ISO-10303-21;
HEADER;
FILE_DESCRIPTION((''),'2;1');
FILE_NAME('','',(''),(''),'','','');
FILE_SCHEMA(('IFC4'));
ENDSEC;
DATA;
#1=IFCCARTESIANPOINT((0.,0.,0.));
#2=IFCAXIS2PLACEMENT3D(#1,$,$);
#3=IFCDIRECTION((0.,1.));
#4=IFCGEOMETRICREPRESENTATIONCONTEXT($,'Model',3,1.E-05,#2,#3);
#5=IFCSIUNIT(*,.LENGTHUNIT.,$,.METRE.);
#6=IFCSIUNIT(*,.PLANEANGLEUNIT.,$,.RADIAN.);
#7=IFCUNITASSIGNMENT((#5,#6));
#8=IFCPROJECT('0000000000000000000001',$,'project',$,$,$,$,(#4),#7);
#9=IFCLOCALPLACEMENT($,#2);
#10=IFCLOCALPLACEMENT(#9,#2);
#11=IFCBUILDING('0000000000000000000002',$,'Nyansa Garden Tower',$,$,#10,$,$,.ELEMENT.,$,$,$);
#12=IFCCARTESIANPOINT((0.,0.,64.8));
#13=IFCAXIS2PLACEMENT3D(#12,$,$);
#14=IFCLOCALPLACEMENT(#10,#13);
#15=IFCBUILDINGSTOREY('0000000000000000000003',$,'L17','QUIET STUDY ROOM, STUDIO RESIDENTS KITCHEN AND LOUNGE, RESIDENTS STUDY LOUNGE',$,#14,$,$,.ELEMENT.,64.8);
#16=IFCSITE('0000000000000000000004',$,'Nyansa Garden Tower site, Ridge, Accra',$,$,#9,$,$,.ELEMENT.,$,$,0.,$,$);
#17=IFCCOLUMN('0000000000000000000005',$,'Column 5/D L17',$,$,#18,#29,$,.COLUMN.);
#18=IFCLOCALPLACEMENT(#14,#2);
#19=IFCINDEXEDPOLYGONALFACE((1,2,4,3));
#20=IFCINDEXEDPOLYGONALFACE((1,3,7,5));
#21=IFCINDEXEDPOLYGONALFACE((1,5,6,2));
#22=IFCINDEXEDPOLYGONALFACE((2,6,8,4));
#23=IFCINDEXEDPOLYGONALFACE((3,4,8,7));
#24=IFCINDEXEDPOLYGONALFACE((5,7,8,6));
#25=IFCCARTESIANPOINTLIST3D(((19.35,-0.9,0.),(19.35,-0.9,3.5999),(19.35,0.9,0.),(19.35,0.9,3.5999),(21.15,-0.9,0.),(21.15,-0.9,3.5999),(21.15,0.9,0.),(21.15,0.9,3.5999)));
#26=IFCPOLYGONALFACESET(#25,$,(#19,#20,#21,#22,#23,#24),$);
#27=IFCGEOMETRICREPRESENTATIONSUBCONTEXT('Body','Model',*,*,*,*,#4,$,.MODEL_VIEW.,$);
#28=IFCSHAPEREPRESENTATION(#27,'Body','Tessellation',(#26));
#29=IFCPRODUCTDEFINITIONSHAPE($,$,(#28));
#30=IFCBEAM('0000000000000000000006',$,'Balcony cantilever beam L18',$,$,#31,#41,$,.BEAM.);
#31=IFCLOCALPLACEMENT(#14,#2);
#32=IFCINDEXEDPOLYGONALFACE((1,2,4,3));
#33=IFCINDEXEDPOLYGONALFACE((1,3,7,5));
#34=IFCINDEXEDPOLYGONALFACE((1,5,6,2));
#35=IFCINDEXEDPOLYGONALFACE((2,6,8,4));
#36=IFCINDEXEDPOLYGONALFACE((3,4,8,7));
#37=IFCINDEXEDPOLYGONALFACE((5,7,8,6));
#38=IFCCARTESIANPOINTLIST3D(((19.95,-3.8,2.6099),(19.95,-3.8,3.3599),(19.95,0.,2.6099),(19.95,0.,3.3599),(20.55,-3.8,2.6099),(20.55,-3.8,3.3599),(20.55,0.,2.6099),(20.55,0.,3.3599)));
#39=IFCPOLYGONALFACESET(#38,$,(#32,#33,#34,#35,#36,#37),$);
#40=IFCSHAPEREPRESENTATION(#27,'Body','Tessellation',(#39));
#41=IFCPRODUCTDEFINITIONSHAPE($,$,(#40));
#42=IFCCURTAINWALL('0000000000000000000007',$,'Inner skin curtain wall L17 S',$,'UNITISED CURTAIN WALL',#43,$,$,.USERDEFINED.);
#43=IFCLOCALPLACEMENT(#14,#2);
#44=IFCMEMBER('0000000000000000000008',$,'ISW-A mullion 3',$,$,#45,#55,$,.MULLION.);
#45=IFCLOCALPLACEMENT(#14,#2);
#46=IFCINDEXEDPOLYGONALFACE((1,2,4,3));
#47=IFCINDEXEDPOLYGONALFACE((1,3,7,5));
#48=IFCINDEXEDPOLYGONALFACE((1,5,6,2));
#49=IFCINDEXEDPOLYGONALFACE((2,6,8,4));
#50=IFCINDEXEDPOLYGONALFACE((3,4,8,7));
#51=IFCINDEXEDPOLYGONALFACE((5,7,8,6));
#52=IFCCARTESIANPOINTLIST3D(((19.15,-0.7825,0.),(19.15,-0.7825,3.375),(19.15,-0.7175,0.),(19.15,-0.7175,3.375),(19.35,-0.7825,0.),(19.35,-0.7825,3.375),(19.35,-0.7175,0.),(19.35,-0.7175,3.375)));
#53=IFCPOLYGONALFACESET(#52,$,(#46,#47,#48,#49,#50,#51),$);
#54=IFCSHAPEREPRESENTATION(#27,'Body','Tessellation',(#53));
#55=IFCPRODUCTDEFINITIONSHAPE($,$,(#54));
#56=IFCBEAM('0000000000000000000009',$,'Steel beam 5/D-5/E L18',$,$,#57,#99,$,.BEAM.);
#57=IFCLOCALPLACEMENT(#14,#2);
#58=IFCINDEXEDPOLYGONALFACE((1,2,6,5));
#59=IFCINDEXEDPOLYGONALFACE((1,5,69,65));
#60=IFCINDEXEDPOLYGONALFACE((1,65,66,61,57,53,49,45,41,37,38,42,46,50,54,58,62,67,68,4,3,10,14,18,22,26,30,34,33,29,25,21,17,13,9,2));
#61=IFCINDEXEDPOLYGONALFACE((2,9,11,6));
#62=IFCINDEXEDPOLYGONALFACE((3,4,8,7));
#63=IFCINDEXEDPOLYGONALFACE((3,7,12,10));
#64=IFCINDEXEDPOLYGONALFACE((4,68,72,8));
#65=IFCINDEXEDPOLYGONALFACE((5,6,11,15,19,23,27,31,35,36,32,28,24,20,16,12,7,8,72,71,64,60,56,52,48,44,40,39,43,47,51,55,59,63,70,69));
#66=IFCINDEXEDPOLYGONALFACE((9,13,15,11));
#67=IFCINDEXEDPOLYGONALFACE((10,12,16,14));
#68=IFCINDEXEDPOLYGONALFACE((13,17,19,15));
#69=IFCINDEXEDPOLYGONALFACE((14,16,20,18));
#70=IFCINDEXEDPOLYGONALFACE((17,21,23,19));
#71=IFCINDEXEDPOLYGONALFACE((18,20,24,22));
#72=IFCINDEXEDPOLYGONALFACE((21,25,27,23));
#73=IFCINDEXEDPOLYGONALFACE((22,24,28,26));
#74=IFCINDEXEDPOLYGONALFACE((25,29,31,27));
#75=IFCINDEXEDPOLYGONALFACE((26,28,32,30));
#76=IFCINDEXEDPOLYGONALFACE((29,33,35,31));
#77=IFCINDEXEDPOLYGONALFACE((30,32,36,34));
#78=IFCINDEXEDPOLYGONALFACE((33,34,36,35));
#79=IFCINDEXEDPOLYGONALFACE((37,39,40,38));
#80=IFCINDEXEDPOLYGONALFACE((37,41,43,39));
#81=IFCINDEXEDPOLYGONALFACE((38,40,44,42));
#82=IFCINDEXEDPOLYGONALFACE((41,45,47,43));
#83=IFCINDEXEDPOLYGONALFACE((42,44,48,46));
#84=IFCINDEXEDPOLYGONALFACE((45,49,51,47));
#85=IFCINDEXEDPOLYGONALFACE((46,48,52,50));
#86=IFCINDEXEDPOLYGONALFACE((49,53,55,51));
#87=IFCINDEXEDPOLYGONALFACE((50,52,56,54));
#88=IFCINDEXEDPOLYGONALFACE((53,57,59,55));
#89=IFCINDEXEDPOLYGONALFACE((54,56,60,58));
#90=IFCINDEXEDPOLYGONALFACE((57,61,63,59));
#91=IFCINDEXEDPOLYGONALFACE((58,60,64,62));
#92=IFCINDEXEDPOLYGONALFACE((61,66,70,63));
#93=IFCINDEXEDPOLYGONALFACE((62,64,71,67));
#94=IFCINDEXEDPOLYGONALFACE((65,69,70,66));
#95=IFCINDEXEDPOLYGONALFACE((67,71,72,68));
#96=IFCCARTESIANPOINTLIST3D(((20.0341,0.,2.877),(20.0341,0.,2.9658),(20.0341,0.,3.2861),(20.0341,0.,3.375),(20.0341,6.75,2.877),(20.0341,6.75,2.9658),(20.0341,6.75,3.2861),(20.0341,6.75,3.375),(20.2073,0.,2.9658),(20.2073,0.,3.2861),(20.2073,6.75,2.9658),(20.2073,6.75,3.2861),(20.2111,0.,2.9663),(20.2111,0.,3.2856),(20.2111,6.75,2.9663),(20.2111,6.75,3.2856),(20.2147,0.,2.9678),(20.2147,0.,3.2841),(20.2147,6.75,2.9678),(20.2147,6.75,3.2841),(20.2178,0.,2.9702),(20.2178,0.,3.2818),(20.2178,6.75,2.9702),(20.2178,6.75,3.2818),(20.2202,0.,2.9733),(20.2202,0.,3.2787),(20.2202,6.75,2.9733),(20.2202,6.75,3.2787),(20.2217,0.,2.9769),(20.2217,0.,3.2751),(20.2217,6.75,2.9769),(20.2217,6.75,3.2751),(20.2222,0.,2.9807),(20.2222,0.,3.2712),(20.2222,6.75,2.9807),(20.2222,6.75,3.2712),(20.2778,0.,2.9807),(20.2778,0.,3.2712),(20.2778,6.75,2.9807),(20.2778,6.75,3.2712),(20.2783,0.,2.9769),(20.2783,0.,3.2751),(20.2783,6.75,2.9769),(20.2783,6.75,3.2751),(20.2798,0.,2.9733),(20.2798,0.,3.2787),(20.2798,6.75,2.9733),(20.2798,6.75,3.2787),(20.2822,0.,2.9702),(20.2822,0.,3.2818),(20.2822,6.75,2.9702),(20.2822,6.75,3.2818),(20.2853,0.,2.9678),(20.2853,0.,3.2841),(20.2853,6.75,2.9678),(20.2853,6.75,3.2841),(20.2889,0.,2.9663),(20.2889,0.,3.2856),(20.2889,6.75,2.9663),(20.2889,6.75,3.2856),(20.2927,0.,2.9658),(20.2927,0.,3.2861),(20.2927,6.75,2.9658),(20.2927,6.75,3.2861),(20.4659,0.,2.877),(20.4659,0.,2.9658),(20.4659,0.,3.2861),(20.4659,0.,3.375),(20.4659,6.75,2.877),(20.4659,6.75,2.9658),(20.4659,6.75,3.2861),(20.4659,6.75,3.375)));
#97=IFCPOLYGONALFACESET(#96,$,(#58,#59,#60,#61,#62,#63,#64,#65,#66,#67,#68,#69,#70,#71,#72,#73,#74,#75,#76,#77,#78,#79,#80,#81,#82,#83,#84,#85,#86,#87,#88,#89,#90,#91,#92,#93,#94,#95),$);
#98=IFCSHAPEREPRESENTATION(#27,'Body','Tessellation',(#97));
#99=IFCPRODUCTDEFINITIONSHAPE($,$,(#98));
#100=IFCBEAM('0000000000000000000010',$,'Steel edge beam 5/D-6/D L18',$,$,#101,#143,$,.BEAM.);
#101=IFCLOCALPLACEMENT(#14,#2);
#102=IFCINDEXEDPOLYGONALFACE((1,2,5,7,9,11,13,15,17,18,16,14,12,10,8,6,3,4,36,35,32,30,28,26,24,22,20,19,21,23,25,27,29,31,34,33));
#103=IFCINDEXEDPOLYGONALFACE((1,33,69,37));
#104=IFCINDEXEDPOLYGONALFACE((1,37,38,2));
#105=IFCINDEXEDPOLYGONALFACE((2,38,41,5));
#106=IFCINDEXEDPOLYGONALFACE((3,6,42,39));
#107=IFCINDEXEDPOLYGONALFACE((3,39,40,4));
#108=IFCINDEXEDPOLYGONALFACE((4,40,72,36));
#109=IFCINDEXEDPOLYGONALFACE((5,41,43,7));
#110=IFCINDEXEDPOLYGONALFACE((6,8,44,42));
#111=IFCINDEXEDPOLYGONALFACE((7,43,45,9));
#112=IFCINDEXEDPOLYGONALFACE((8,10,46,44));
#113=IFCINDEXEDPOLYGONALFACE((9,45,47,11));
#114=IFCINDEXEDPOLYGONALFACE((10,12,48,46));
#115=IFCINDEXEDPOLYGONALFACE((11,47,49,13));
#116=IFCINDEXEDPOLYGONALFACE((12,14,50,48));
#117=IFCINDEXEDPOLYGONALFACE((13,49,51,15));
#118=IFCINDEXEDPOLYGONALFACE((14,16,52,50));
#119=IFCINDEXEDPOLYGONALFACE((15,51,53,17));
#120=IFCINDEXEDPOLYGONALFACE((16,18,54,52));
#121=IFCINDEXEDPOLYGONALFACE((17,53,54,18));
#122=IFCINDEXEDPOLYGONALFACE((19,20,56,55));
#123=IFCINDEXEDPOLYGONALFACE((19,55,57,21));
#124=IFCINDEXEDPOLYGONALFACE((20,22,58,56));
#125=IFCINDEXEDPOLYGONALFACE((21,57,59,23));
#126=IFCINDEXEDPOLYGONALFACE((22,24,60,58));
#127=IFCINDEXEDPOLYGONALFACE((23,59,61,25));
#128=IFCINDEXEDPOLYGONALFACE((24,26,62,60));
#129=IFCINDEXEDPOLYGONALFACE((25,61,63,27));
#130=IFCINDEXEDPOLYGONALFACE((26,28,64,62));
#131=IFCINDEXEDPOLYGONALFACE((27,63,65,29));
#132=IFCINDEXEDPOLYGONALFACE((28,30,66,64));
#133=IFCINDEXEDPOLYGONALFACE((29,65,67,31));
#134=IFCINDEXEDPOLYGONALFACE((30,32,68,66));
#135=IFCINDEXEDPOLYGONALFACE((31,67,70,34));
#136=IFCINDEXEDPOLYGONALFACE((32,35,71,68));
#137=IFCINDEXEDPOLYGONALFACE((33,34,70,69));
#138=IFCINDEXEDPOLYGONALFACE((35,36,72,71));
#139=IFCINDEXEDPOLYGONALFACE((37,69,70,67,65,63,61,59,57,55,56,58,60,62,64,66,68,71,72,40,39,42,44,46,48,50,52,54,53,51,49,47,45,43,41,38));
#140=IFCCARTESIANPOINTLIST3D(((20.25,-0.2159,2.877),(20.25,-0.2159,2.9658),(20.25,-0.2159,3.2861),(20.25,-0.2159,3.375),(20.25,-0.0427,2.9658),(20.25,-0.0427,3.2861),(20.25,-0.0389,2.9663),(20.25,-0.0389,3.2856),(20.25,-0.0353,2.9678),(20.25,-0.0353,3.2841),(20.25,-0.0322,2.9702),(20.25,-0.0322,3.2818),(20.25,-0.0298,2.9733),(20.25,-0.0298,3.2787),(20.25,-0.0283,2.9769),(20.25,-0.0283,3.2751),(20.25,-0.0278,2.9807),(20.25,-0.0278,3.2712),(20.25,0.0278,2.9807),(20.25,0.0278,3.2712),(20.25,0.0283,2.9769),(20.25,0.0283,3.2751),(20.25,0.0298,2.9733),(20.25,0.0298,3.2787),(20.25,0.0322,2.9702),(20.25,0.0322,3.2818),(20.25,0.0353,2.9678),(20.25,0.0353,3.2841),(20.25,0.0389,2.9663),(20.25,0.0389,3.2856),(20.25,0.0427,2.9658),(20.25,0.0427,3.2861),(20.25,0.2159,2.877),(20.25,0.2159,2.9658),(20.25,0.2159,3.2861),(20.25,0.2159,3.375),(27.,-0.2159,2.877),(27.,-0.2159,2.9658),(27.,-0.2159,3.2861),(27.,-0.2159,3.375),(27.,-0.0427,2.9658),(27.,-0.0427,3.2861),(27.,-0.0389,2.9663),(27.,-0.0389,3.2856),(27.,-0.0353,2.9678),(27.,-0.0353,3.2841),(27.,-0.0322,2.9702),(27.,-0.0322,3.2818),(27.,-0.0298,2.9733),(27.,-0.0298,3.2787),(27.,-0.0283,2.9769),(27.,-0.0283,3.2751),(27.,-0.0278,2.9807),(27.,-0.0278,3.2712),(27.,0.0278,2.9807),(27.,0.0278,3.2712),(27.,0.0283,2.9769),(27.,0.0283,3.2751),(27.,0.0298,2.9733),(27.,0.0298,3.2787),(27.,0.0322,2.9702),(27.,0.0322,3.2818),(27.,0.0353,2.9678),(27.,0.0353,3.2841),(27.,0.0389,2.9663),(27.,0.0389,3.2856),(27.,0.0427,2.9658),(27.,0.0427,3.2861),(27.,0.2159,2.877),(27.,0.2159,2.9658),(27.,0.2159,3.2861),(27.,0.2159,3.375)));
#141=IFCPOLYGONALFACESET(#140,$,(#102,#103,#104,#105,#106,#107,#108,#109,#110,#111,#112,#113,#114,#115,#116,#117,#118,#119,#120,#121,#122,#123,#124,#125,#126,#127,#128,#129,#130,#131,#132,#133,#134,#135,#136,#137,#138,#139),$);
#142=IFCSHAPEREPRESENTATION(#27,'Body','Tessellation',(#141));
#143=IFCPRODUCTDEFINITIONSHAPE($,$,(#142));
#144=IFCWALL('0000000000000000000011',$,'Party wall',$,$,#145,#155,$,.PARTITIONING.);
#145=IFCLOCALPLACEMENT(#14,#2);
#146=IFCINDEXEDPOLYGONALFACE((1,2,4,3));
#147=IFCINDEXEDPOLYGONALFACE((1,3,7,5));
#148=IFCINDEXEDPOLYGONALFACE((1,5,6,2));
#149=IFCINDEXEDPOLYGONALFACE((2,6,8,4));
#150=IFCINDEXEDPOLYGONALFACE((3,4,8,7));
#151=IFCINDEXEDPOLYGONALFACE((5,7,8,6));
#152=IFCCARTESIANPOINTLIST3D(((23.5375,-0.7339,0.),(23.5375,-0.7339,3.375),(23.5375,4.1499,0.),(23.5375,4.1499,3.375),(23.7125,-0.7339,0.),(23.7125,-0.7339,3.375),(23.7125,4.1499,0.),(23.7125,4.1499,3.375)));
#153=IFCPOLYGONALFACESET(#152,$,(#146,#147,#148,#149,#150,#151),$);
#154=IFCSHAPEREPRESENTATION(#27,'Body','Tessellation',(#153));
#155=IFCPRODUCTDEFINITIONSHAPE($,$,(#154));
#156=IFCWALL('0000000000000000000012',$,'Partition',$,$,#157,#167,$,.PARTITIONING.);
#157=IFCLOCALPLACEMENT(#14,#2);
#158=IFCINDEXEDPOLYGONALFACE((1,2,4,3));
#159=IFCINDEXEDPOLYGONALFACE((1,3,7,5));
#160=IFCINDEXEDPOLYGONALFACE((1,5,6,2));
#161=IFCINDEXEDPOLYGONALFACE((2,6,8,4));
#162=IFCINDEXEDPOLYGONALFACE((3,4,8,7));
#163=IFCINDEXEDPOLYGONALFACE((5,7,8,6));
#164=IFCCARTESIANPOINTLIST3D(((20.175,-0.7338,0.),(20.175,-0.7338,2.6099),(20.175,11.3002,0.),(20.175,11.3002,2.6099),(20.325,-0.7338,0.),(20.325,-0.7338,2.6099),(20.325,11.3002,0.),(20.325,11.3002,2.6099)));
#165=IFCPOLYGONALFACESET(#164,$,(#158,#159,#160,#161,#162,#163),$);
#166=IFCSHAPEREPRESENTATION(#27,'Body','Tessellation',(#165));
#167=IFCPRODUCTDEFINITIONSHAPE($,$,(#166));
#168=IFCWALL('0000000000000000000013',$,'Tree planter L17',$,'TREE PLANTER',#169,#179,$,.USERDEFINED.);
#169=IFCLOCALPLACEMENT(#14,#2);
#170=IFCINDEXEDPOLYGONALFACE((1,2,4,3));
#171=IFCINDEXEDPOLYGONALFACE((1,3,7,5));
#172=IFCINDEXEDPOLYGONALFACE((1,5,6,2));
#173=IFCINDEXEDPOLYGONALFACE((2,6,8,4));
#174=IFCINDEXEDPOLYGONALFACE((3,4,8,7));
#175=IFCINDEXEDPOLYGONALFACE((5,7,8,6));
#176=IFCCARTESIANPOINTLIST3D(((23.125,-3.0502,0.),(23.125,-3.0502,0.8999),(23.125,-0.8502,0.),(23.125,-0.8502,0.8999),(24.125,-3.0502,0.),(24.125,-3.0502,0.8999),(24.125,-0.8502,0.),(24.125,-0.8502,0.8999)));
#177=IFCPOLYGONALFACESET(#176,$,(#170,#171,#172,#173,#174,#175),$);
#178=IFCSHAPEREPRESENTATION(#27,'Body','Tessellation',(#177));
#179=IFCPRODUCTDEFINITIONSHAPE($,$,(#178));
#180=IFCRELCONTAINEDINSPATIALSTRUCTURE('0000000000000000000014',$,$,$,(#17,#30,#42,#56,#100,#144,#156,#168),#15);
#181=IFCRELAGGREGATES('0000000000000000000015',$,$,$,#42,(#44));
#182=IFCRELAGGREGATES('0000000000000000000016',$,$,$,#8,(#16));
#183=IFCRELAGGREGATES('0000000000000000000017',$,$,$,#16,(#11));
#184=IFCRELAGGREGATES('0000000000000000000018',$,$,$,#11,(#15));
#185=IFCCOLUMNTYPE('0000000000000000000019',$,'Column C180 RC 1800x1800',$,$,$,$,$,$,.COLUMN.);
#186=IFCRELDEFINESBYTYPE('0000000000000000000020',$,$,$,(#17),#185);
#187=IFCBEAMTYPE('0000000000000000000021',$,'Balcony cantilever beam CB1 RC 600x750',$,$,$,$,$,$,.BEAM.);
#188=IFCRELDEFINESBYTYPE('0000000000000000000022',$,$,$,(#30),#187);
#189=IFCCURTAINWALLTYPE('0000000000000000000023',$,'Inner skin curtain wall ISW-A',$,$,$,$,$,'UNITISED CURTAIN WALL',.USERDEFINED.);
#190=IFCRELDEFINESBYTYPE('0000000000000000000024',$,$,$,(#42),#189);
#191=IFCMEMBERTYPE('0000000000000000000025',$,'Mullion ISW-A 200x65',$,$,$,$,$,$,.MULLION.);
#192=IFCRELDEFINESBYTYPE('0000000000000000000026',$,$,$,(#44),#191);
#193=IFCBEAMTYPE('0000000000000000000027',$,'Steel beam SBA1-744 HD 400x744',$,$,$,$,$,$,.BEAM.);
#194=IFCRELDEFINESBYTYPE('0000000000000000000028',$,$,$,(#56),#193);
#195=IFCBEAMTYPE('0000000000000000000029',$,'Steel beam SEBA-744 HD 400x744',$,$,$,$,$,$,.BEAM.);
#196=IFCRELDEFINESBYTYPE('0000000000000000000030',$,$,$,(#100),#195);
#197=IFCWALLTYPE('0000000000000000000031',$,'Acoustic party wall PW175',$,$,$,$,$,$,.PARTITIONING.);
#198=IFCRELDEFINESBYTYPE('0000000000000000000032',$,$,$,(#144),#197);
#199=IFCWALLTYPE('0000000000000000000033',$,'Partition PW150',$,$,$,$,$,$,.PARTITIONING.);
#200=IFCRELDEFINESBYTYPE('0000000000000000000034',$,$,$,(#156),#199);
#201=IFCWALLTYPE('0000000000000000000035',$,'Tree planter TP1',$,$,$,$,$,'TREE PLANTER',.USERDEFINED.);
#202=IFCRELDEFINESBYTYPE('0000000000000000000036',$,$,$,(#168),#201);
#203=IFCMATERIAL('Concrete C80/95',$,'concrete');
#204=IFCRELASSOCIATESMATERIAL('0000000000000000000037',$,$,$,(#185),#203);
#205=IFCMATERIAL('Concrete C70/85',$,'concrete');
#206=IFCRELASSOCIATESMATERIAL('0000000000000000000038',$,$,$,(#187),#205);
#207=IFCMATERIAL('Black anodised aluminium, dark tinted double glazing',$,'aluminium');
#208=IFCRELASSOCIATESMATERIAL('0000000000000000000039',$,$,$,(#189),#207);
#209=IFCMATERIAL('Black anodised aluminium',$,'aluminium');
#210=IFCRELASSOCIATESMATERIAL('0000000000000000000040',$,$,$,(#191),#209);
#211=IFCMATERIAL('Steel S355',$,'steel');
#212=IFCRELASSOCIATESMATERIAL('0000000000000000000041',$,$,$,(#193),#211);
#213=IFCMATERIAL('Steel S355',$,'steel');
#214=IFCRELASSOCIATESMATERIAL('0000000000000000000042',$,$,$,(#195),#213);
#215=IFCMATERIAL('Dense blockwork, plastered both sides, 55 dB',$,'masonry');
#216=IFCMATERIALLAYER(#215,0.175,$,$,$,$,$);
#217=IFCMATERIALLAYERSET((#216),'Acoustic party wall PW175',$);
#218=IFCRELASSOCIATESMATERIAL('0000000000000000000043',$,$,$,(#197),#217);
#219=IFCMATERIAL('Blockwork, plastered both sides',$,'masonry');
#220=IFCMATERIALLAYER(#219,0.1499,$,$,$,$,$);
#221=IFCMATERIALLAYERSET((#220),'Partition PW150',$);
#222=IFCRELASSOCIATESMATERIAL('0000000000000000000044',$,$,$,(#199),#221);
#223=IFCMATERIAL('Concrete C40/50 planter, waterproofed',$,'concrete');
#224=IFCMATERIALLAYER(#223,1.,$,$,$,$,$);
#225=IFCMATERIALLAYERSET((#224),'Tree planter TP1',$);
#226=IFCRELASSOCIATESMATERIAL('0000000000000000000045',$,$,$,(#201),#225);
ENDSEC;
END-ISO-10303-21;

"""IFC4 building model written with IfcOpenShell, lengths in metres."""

from ifc_helpers import new_model, si_unit, direction, frame, frame_2d, origin, origin_2d, place, context, subcontext, project, spatial, rectangle, i_section, extrude, material, layer, layer_set, material_profile, profile_set, type_object, element, aggregate, save


model = new_model("IFC4")

# Units and contexts
model_context = context("Model", 3, precision=1e-05, world=origin(), true_north=direction((0.0, 1.0)))
body_context = subcontext(model_context, "Body", "Model", "MODEL_VIEW")
ifc_project = project(units=[si_unit("LENGTHUNIT", "METRE"), si_unit("PLANEANGLEUNIT", "RADIAN")], contexts=[model_context])

# Site, building, storey
site_placement = place(None, origin())
site = spatial("IfcSite", under=ifc_project, at=site_placement, Name="Nyansa Garden Tower site, Ridge, Accra", CompositionType="ELEMENT", RefElevation=0.0)
building_placement = place(site_placement, origin())
building = spatial("IfcBuilding", under=site, at=building_placement, Name="Nyansa Garden Tower", CompositionType="ELEMENT")
storey_placement = place(building_placement, frame((0.0, 0.0, 64.8)))
storey = spatial("IfcBuildingStorey", under=building, at=storey_placement, Name="L17", Description="QUIET STUDY ROOM, STUDIO RESIDENTS KITCHEN AND LOUNGE, RESIDENTS STUDY LOUNGE", CompositionType="ELEMENT", Elevation=64.8)

# Column
ifc_material_1 = material(Name="Concrete C80/95", Category="concrete")
ifc_material_profile_1 = material_profile(ifc_material_1, rectangle(XDim=1.8, YDim=1.8, at=origin_2d()), Name="RC 1800x1800")
ifc_profile_set_1 = profile_set([ifc_material_profile_1], Name="Concrete C80/95")
column_type = type_object("IfcColumnType", Name="Column C180 RC 1800x1800", PredefinedType="COLUMN", material=ifc_profile_set_1)
column_placement = place(storey_placement, frame((20.25, 0.0, 0.0), z_axis=(0.0, 0.0, 1.0), x_axis=(1.0, 0.0, 0.0)))
element("IfcColumn", 1, at=column_placement, inside=storey, type_object=column_type, Name="Column 5/D L17", PredefinedType="COLUMN", context=body_context, shape_type="SweptSolid", body=[
    extrude(rectangle(XDim=1.8, YDim=1.8, at=origin_2d()), origin(), (0.0, 0.0, 1.0), 3.5999),
])

# Beam
ifc_material_2 = material(Name="Concrete C70/85", Category="concrete")
ifc_material_profile_2 = material_profile(ifc_material_2, rectangle(XDim=0.6001, YDim=0.75, at=origin_2d()), Name="RC 600x750")
ifc_profile_set_2 = profile_set([ifc_material_profile_2], Name="Concrete C70/85")
beam_type_1 = type_object("IfcBeamType", Name="Balcony cantilever beam CB1 RC 600x750", PredefinedType="BEAM", material=ifc_profile_set_2)
beam_1_placement = place(storey_placement, frame((20.25, 0.0, 2.9849), z_axis=(0.0, -1.0, 0.0), x_axis=(1.0, 0.0, 0.0)))
element("IfcBeam", 2, at=beam_1_placement, inside=storey, type_object=beam_type_1, Name="Balcony cantilever beam L18", PredefinedType="BEAM", context=body_context, shape_type="SweptSolid", body=[
    extrude(rectangle(XDim=0.6001, YDim=0.75, at=origin_2d()), origin(), (0.0, 0.0, 1.0), 3.8),
])

# Curtain wall, member
ifc_material_3 = material(Name="Black anodised aluminium, dark tinted double glazing", Category="aluminium")
curtain_wall_type = type_object("IfcCurtainWallType", Name="Inner skin curtain wall ISW-A", ElementType="UNITISED CURTAIN WALL", PredefinedType="USERDEFINED", material=ifc_material_3)
curtain_wall_placement = place(storey_placement, origin())
curtain_wall = element("IfcCurtainWall", 3, at=curtain_wall_placement, inside=storey, type_object=curtain_wall_type, Name="Inner skin curtain wall L17 S", ObjectType="UNITISED CURTAIN WALL", PredefinedType="USERDEFINED")
ifc_material_4 = material(Name="Black anodised aluminium", Category="aluminium")
ifc_material_profile_3 = material_profile(ifc_material_4, rectangle(XDim=0.0649, YDim=0.2, at=origin_2d()), Name="Mullion 200x65")
ifc_profile_set_3 = profile_set([ifc_material_profile_3], Name="Black anodised aluminium")
member_type = type_object("IfcMemberType", Name="Mullion ISW-A 200x65", PredefinedType="MULLION", material=ifc_profile_set_3)
member_placement = place(storey_placement, frame((19.25, -0.75, 0.0), z_axis=(0.0, 0.0, 1.0), x_axis=(0.0, 1.0, 0.0)))
member = element("IfcMember", 4, at=member_placement, type_object=member_type, Name="ISW-A mullion 3", PredefinedType="MULLION", context=body_context, shape_type="SweptSolid", body=[
    extrude(rectangle(XDim=0.0649, YDim=0.2, at=origin_2d()), origin(), (0.0, 0.0, 1.0), 3.375),
])
aggregate(curtain_wall, [member])

# Beams
ifc_material_5 = material(Name="Steel S355", Category="steel")
ifc_material_profile_4 = material_profile(ifc_material_5, i_section(OverallWidth=0.4319, OverallDepth=0.498, WebThickness=0.0557, FlangeThickness=0.0889, FilletRadius=0.0149, at=origin_2d()), Name="HD 400x744")
ifc_profile_set_4 = profile_set([ifc_material_profile_4], Name="Steel S355")
beam_type_2 = type_object("IfcBeamType", Name="Steel beam SBA1-744 HD 400x744", PredefinedType="BEAM", material=ifc_profile_set_4)
beam_2_placement = place(storey_placement, frame((20.25, 0.0, 3.126), z_axis=(0.0, 1.0, 0.0), x_axis=(-1.0, 0.0, 0.0)))
element("IfcBeam", 5, at=beam_2_placement, inside=storey, type_object=beam_type_2, Name="Steel beam 5/D-5/E L18", PredefinedType="BEAM", context=body_context, shape_type="SweptSolid", body=[
    extrude(i_section(OverallWidth=0.4319, OverallDepth=0.498, WebThickness=0.0557, FlangeThickness=0.0889, FilletRadius=0.0149, at=origin_2d()), origin(), (0.0, 0.0, 1.0), 6.75),
])
ifc_material_6 = material(Name="Steel S355", Category="steel")
ifc_material_profile_5 = material_profile(ifc_material_6, i_section(OverallWidth=0.4319, OverallDepth=0.498, WebThickness=0.0557, FlangeThickness=0.0889, FilletRadius=0.0149, at=origin_2d()), Name="HD 400x744")
ifc_profile_set_5 = profile_set([ifc_material_profile_5], Name="Steel S355")
beam_type_3 = type_object("IfcBeamType", Name="Steel beam SEBA-744 HD 400x744", PredefinedType="BEAM", material=ifc_profile_set_5)
beam_3_placement = place(storey_placement, frame((20.25, 0.0, 3.126), z_axis=(1.0, 0.0, 0.0), x_axis=(0.0, 1.0, 0.0)))
element("IfcBeam", 6, at=beam_3_placement, inside=storey, type_object=beam_type_3, Name="Steel edge beam 5/D-6/D L18", PredefinedType="BEAM", context=body_context, shape_type="SweptSolid", body=[
    extrude(i_section(OverallWidth=0.4319, OverallDepth=0.498, WebThickness=0.0557, FlangeThickness=0.0889, FilletRadius=0.0149, at=origin_2d()), origin(), (0.0, 0.0, 1.0), 6.75),
])

# Walls
ifc_material_7 = material(Name="Dense blockwork, plastered both sides, 55 dB", Category="masonry")
ifc_layer_1 = layer(ifc_material_7, 0.175)
ifc_layer_set_1 = layer_set([ifc_layer_1], Name="Acoustic party wall PW175")
wall_type_1 = type_object("IfcWallType", Name="Acoustic party wall PW175", PredefinedType="PARTITIONING", material=ifc_layer_set_1)
wall_1_placement = place(storey_placement, frame((23.625, -0.7339, 0.0), z_axis=(0.0, 0.0, 1.0), x_axis=(0.0, 1.0, 0.0)))
element("IfcWall", 7, at=wall_1_placement, inside=storey, type_object=wall_type_1, Name="Party wall", PredefinedType="PARTITIONING", context=body_context, shape_type="SweptSolid", body=[
    extrude(rectangle(XDim=4.8838, YDim=0.175, at=frame_2d((2.4419, 0.0))), origin(), (0.0, 0.0, 1.0), 3.375),
])
ifc_material_8 = material(Name="Blockwork, plastered both sides", Category="masonry")
ifc_layer_2 = layer(ifc_material_8, 0.1499)
ifc_layer_set_2 = layer_set([ifc_layer_2], Name="Partition PW150")
wall_type_2 = type_object("IfcWallType", Name="Partition PW150", PredefinedType="PARTITIONING", material=ifc_layer_set_2)
wall_2_placement = place(storey_placement, frame((20.25, -0.7339, 0.0), z_axis=(0.0, 0.0, 1.0), x_axis=(0.0, 1.0, 0.0)))
element("IfcWall", 8, at=wall_2_placement, inside=storey, type_object=wall_type_2, Name="Partition", PredefinedType="PARTITIONING", context=body_context, shape_type="SweptSolid", body=[
    extrude(rectangle(XDim=12.0339, YDim=0.1499, at=frame_2d((6.0171, 0.0))), origin(), (0.0, 0.0, 1.0), 2.6099),
])
ifc_material_9 = material(Name="Concrete C40/50 planter, waterproofed", Category="concrete")
ifc_layer_3 = layer(ifc_material_9, 1.0)
ifc_layer_set_3 = layer_set([ifc_layer_3], Name="Tree planter TP1")
wall_type_3 = type_object("IfcWallType", Name="Tree planter TP1", ElementType="TREE PLANTER", PredefinedType="USERDEFINED", material=ifc_layer_set_3)
wall_3_placement = place(storey_placement, frame((23.625, -0.8501, 0.0), z_axis=(0.0, 0.0, 1.0), x_axis=(0.0, -1.0, 0.0)))
element("IfcWall", 9, at=wall_3_placement, inside=storey, type_object=wall_type_3, Name="Tree planter L17", ObjectType="TREE PLANTER", PredefinedType="USERDEFINED", context=body_context, shape_type="SweptSolid", body=[
    extrude(rectangle(XDim=2.2, YDim=1.0, at=frame_2d((1.1001, 0.0))), origin(), (0.0, 0.0, 1.0), 0.8999),
])

save(model, "model.ifc")
